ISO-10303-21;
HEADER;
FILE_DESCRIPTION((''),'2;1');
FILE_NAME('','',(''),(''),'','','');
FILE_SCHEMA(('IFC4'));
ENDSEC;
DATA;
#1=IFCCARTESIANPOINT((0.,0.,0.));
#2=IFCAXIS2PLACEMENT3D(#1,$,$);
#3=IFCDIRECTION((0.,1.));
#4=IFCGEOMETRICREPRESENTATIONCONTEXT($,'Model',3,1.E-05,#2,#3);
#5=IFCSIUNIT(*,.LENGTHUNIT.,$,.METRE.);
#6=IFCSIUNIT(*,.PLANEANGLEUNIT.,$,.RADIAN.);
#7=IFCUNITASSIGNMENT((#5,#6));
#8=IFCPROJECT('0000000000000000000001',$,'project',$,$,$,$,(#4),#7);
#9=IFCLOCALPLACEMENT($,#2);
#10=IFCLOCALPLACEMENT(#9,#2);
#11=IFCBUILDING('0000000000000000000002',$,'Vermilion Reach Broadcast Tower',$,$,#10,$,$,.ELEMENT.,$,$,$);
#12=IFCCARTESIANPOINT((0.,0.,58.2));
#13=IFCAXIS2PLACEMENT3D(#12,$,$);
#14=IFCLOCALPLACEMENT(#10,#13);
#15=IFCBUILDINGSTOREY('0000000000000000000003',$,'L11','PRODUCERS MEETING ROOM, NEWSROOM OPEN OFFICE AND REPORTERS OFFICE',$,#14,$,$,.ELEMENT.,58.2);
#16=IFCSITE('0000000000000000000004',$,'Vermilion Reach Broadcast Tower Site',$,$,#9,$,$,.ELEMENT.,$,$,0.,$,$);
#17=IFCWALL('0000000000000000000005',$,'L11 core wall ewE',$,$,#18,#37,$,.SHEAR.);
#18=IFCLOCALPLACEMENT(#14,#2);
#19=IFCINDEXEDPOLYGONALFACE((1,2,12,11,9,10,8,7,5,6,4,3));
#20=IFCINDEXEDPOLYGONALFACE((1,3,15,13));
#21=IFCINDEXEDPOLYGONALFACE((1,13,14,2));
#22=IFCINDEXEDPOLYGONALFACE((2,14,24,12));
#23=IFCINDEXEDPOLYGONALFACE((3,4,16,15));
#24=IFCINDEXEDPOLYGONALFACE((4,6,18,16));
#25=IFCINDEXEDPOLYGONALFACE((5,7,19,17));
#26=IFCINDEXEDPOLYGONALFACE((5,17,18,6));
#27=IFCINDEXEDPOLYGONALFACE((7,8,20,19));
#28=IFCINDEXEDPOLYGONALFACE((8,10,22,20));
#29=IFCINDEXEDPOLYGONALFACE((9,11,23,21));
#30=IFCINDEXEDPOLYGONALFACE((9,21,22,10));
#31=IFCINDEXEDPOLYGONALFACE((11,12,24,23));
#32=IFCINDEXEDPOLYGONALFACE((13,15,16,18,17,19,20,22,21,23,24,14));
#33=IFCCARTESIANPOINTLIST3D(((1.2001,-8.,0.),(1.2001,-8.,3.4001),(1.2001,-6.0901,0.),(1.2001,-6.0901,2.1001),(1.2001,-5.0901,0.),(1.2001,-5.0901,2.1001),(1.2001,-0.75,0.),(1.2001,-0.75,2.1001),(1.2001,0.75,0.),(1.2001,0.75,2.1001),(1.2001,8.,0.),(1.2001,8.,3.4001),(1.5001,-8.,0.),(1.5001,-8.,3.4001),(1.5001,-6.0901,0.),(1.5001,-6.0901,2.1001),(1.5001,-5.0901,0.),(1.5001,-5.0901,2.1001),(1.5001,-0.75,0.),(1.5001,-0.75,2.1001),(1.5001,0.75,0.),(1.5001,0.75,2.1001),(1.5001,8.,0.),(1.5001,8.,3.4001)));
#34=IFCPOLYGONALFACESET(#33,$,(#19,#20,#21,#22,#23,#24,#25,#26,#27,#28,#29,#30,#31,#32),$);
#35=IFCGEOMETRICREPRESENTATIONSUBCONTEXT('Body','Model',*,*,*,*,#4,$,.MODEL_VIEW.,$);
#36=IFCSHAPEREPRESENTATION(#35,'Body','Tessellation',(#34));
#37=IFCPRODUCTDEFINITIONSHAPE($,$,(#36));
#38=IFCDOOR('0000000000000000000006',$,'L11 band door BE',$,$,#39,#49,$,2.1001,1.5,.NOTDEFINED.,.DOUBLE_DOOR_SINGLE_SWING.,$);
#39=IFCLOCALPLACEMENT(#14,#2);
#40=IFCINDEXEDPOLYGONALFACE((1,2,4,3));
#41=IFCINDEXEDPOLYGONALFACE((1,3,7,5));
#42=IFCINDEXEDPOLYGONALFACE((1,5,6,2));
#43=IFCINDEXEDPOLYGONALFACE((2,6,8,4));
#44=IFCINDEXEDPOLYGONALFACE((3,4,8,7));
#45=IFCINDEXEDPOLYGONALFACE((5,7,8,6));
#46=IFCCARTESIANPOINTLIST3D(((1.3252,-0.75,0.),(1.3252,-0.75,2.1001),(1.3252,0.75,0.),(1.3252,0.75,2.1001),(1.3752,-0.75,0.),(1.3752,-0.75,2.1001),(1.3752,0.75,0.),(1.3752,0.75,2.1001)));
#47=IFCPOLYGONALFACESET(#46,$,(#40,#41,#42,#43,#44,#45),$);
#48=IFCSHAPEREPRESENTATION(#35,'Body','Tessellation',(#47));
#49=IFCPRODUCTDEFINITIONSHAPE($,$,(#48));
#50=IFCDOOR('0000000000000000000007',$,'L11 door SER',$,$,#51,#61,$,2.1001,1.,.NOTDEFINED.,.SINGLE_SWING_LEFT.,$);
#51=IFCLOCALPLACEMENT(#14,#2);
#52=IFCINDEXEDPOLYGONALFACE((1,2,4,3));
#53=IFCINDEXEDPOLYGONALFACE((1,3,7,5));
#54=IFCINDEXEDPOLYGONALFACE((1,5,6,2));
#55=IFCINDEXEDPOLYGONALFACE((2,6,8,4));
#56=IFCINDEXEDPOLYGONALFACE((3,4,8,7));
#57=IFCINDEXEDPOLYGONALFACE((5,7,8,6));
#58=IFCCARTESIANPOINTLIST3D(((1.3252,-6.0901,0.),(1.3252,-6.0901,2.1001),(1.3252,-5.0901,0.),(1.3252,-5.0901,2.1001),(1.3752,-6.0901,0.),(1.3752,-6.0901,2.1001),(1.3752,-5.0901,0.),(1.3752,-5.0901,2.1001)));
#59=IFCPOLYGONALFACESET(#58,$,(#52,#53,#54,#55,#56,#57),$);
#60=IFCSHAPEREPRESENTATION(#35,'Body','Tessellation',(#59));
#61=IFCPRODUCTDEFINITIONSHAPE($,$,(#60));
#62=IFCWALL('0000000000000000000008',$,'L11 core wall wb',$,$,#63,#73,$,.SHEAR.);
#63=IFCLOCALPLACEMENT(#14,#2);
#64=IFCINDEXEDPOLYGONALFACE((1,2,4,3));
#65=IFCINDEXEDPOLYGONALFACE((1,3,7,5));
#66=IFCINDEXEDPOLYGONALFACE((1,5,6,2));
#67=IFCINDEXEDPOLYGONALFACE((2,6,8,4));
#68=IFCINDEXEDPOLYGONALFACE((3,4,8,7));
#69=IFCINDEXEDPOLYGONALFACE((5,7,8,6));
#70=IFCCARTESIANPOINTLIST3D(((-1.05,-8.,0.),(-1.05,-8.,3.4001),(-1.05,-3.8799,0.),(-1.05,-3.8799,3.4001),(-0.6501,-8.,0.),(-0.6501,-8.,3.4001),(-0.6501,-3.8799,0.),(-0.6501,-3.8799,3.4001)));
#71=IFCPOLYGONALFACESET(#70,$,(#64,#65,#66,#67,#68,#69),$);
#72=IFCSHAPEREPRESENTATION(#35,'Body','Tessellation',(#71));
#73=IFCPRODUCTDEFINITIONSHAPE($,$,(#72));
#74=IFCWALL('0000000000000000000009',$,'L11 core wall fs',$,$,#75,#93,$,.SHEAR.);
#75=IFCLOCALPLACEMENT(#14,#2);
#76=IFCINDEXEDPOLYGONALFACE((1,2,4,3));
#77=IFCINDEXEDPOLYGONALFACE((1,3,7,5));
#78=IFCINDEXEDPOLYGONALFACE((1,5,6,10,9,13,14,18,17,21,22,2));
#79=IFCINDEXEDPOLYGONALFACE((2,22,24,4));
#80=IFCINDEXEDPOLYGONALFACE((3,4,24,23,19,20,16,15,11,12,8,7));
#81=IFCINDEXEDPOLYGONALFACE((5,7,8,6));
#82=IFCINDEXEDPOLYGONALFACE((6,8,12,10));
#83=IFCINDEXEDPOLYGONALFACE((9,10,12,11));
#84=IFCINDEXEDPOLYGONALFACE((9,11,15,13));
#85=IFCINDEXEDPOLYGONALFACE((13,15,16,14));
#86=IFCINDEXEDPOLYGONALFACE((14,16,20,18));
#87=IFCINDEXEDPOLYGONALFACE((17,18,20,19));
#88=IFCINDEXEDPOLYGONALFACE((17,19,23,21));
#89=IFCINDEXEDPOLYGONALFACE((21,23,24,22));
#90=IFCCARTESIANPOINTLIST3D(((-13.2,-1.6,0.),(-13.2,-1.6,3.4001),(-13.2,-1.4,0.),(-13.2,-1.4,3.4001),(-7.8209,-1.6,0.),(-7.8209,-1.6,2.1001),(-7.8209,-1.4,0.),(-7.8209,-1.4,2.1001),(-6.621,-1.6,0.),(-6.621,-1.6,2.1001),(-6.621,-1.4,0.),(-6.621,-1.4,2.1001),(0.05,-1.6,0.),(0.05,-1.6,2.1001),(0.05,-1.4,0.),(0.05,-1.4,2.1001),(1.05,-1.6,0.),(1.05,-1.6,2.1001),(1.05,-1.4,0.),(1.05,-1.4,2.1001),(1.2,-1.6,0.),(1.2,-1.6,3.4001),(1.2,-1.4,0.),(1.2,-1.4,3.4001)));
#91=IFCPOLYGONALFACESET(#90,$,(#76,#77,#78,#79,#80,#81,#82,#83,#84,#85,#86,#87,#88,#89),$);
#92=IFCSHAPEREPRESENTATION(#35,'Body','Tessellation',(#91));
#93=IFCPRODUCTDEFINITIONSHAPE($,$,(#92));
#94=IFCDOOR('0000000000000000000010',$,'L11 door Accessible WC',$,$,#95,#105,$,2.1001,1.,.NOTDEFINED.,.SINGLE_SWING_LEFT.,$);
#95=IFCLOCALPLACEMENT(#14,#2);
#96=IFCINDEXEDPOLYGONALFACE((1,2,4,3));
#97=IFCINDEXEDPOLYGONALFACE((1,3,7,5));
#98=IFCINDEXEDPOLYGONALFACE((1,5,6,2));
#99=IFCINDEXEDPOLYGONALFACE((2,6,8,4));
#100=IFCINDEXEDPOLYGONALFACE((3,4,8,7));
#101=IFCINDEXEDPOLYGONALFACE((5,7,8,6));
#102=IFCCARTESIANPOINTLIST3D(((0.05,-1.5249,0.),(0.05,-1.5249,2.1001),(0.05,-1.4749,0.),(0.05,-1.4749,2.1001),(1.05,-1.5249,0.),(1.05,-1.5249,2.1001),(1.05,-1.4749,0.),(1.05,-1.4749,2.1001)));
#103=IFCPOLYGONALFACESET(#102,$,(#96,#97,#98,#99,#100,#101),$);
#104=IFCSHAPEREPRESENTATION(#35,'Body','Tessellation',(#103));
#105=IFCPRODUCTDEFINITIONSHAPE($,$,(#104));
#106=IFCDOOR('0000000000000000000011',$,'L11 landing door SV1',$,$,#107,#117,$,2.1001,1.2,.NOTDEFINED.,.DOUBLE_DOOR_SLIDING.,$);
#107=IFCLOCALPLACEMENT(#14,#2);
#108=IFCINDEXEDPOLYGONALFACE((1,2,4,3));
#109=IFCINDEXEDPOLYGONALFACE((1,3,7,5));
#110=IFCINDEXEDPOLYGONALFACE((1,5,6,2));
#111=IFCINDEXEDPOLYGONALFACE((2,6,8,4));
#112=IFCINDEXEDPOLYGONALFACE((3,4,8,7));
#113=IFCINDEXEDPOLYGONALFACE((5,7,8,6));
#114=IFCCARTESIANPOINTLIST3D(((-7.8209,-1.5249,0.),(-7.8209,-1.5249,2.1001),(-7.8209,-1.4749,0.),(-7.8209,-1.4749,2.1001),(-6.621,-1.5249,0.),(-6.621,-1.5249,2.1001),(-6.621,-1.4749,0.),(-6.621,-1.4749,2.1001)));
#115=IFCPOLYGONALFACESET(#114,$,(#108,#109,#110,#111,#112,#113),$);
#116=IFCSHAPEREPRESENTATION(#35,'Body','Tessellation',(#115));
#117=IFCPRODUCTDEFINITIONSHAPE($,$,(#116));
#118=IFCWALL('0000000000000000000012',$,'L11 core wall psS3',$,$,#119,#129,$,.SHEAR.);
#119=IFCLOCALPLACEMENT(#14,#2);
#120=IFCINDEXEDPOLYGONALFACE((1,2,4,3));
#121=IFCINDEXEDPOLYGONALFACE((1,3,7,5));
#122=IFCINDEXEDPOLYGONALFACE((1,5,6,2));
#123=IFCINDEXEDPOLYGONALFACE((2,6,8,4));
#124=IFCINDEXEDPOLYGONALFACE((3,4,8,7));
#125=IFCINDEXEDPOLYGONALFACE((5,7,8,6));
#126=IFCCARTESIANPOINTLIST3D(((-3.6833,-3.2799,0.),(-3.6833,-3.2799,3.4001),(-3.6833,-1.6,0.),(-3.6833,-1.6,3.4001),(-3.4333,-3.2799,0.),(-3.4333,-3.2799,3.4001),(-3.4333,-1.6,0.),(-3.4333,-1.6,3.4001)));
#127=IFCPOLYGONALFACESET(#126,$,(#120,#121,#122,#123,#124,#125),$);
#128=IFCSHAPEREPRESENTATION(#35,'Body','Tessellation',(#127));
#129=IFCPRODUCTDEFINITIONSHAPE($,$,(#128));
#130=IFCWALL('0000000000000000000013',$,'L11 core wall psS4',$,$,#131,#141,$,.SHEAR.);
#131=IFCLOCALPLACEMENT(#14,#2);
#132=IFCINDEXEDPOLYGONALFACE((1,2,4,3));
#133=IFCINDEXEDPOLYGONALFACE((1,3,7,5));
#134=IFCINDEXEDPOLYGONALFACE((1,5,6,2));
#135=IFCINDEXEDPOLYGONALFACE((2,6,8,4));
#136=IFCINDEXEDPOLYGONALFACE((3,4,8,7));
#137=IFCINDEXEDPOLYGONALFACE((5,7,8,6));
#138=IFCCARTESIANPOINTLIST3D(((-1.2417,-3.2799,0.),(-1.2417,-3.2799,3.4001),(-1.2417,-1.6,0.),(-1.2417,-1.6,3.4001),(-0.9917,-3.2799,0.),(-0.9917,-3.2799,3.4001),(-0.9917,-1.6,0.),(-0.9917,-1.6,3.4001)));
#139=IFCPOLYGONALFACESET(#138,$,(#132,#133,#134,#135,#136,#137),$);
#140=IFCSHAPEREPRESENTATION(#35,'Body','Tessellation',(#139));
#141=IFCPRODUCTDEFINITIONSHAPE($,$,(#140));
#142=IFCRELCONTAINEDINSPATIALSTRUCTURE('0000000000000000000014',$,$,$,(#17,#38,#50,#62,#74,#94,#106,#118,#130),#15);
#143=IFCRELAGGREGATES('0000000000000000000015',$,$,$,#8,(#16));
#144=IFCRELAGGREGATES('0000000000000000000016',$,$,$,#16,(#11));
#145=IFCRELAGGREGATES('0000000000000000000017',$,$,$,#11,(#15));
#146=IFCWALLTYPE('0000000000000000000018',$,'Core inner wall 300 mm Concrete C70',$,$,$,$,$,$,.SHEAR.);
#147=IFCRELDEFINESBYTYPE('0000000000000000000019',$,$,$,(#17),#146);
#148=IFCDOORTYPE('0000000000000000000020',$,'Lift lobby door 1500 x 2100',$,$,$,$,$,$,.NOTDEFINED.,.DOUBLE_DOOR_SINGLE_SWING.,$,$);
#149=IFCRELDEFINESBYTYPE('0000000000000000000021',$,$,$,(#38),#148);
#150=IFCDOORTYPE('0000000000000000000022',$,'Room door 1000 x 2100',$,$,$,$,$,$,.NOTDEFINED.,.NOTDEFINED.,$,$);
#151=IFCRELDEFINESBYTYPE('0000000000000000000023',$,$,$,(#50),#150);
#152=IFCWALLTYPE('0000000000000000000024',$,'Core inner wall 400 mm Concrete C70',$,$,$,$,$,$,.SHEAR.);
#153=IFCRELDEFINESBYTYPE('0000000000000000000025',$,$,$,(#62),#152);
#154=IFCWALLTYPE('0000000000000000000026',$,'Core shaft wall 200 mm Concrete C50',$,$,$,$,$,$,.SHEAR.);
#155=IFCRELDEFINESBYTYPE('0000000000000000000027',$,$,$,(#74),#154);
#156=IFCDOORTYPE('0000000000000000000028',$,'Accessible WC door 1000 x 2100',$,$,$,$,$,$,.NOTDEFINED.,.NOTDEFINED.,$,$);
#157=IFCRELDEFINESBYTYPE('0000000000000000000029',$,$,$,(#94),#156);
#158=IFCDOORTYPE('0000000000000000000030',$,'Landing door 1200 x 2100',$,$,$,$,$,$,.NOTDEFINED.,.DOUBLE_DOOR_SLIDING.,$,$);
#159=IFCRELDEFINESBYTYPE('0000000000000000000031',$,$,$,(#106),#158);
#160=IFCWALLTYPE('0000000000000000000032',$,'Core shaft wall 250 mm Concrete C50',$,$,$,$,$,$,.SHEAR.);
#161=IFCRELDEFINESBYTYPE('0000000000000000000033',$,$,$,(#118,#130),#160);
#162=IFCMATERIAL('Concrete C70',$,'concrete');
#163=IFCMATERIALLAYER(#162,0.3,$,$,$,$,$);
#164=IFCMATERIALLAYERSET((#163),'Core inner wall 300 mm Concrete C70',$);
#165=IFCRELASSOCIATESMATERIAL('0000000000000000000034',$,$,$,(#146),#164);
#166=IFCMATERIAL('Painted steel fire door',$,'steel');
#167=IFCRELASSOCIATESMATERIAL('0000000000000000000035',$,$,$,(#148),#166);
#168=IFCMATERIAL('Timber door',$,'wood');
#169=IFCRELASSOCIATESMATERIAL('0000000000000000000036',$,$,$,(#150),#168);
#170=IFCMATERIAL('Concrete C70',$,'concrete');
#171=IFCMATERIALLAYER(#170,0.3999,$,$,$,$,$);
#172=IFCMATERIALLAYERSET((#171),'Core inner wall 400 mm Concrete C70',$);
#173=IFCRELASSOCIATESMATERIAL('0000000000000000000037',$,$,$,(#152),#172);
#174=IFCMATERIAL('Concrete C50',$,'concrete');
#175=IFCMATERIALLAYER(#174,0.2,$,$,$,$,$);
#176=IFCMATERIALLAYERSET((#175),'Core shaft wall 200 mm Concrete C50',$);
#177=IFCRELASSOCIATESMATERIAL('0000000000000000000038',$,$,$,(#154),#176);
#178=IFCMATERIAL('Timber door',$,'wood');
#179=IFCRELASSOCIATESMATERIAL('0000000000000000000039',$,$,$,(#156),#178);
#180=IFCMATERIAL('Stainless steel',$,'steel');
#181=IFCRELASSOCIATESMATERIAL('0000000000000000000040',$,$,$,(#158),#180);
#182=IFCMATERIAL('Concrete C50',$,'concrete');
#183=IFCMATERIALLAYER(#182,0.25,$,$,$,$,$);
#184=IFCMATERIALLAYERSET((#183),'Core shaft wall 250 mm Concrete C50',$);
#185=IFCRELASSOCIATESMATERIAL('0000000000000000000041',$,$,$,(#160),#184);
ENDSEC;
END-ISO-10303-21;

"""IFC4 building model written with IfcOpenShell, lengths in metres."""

from ifc_helpers import new_model, si_unit, direction, frame, frame_2d, origin, place, context, subcontext, project, spatial, rectangle, extrude, material, layer, layer_set, type_object, element, fill, save


model = new_model("IFC4")

# Units and contexts
model_context = context("Model", 3, precision=1e-05, world=origin(), true_north=direction((0.0, 1.0)))
body_context = subcontext(model_context, "Body", "Model", "MODEL_VIEW")
ifc_project = project(units=[si_unit("LENGTHUNIT", "METRE"), si_unit("PLANEANGLEUNIT", "RADIAN")], contexts=[model_context])

# Site, building, storey
site_placement = place(None, origin())
site = spatial("IfcSite", under=ifc_project, at=site_placement, Name="Vermilion Reach Broadcast Tower Site", CompositionType="ELEMENT", RefElevation=0.0)
building_placement = place(site_placement, origin())
building = spatial("IfcBuilding", under=site, at=building_placement, Name="Vermilion Reach Broadcast Tower", CompositionType="ELEMENT")
storey_placement = place(building_placement, frame((0.0, 0.0, 58.2)))
storey = spatial("IfcBuildingStorey", under=building, at=storey_placement, Name="L11", Description="PRODUCERS MEETING ROOM, NEWSROOM OPEN OFFICE AND REPORTERS OFFICE", CompositionType="ELEMENT", Elevation=58.2)

# Wall, openings, doors
ifc_material_1 = material(Name="Concrete C70", Category="concrete")
ifc_layer_1 = layer(ifc_material_1, 0.3)
ifc_layer_set_1 = layer_set([ifc_layer_1], Name="Core inner wall 300 mm Concrete C70")
wall_type_1 = type_object("IfcWallType", Name="Core inner wall 300 mm Concrete C70", PredefinedType="SHEAR", material=ifc_layer_set_1)
wall_1_placement = place(storey_placement, frame((1.3501, -8.0, 0.0), z_axis=(0.0, 0.0, 1.0), x_axis=(0.0, 1.0, 0.0)))
wall_1 = element("IfcWall", 1, at=wall_1_placement, inside=storey, type_object=wall_type_1, Name="L11 core wall ewE", PredefinedType="SHEAR", context=body_context, shape_type="SweptSolid", body=[
    extrude(rectangle(XDim=16.0, YDim=0.3, at=frame_2d((8.0, 0.0))), origin(), (0.0, 0.0, 1.0), 3.4001),
])
opening_1_placement = place(wall_1_placement, frame((1.9099, 0.0, 0.0)))
opening_1 = element("IfcOpeningElement", 2, at=opening_1_placement, cuts=wall_1, PredefinedType="OPENING", context=body_context, shape_type="SweptSolid", body=[
    extrude(rectangle(XDim=1.0, YDim=2.1001, at=frame_2d((0.5, 1.05))), frame((0.0, 0.1599, 0.0), z_axis=(0.0, -1.0, 0.0), x_axis=(1.0, 0.0, 0.0)), (0.0, 0.0, 1.0), 0.3201),
])
opening_2_placement = place(wall_1_placement, frame((7.25, 0.0, 0.0)))
opening_2 = element("IfcOpeningElement", 3, at=opening_2_placement, cuts=wall_1, PredefinedType="OPENING", context=body_context, shape_type="SweptSolid", body=[
    extrude(rectangle(XDim=1.5, YDim=2.1001, at=frame_2d((0.75, 1.05))), frame((0.0, 0.1599, 0.0), z_axis=(0.0, -1.0, 0.0), x_axis=(1.0, 0.0, 0.0)), (0.0, 0.0, 1.0), 0.3201),
])
ifc_material_2 = material(Name="Painted steel fire door", Category="steel")
door_type_1 = type_object("IfcDoorType", Name="Lift lobby door 1500 x 2100", OperationType="DOUBLE_DOOR_SINGLE_SWING", PredefinedType="NOTDEFINED", material=ifc_material_2)
door_1_placement = place(opening_2_placement, origin())
door_1 = element("IfcDoor", 4, at=door_1_placement, inside=storey, type_object=door_type_1, Name="L11 band door BE", OperationType="DOUBLE_DOOR_SINGLE_SWING", OverallHeight=2.1001, OverallWidth=1.5, PredefinedType="NOTDEFINED", context=body_context, shape_type="SweptSolid", body=[
    extrude(rectangle(XDim=1.5, YDim=2.1001, at=frame_2d((0.75, 1.05))), frame((0.0, 0.0249, 0.0), z_axis=(0.0, -1.0, 0.0), x_axis=(1.0, 0.0, 0.0)), (0.0, 0.0, 1.0), 0.05),
])
fill(opening_2, door_1)
ifc_material_3 = material(Name="Timber door", Category="wood")
door_type_2 = type_object("IfcDoorType", Name="Room door 1000 x 2100", OperationType="NOTDEFINED", PredefinedType="NOTDEFINED", material=ifc_material_3)
door_2_placement = place(opening_1_placement, origin())
door_2 = element("IfcDoor", 5, at=door_2_placement, inside=storey, type_object=door_type_2, Name="L11 door SER", OperationType="SINGLE_SWING_LEFT", OverallHeight=2.1001, OverallWidth=1.0, PredefinedType="NOTDEFINED", context=body_context, shape_type="SweptSolid", body=[
    extrude(rectangle(XDim=1.0, YDim=2.1001, at=frame_2d((0.5, 1.05))), frame((0.0, 0.0249, 0.0), z_axis=(0.0, -1.0, 0.0), x_axis=(1.0, 0.0, 0.0)), (0.0, 0.0, 1.0), 0.05),
])
fill(opening_1, door_2)

# Wall
ifc_material_4 = material(Name="Concrete C70", Category="concrete")
ifc_layer_2 = layer(ifc_material_4, 0.3999)
ifc_layer_set_2 = layer_set([ifc_layer_2], Name="Core inner wall 400 mm Concrete C70")
wall_type_2 = type_object("IfcWallType", Name="Core inner wall 400 mm Concrete C70", PredefinedType="SHEAR", material=ifc_layer_set_2)
wall_2_placement = place(storey_placement, frame((-0.8501, -3.8799, 0.0), z_axis=(0.0, 0.0, 1.0), x_axis=(0.0, -1.0, 0.0)))
element("IfcWall", 6, at=wall_2_placement, inside=storey, type_object=wall_type_2, Name="L11 core wall wb", PredefinedType="SHEAR", context=body_context, shape_type="SweptSolid", body=[
    extrude(rectangle(XDim=4.1201, YDim=0.3999, at=frame_2d((2.0601, 0.0))), origin(), (0.0, 0.0, 1.0), 3.4001),
])

# Wall, openings, doors
ifc_material_5 = material(Name="Concrete C50", Category="concrete")
ifc_layer_3 = layer(ifc_material_5, 0.2)
ifc_layer_set_3 = layer_set([ifc_layer_3], Name="Core shaft wall 200 mm Concrete C50")
wall_type_3 = type_object("IfcWallType", Name="Core shaft wall 200 mm Concrete C50", PredefinedType="SHEAR", material=ifc_layer_set_3)
wall_3_placement = place(storey_placement, frame((1.2, -1.5, 0.0), z_axis=(0.0, 0.0, 1.0), x_axis=(-1.0, 0.0, 0.0)))
wall_3 = element("IfcWall", 7, at=wall_3_placement, inside=storey, type_object=wall_type_3, Name="L11 core wall fs", PredefinedType="SHEAR", context=body_context, shape_type="SweptSolid", body=[
    extrude(rectangle(XDim=14.3999, YDim=0.2, at=frame_2d((7.2, 0.0))), origin(), (0.0, 0.0, 1.0), 3.4001),
])
opening_3_placement = place(wall_3_placement, frame((7.8208, 0.0, 0.0)))
opening_3 = element("IfcOpeningElement", 8, at=opening_3_placement, cuts=wall_3, PredefinedType="OPENING", context=body_context, shape_type="SweptSolid", body=[
    extrude(rectangle(XDim=1.2, YDim=2.1001, at=frame_2d((0.6001, 1.05))), frame((0.0, 0.1099, 0.0), z_axis=(0.0, -1.0, 0.0), x_axis=(1.0, 0.0, 0.0)), (0.0, 0.0, 1.0), 0.22),
])
opening_4_placement = place(wall_3_placement, frame((0.1499, 0.0, 0.0)))
opening_4 = element("IfcOpeningElement", 9, at=opening_4_placement, cuts=wall_3, PredefinedType="OPENING", context=body_context, shape_type="SweptSolid", body=[
    extrude(rectangle(XDim=1.0, YDim=2.1001, at=frame_2d((0.5, 1.05))), frame((0.0, 0.1099, 0.0), z_axis=(0.0, -1.0, 0.0), x_axis=(1.0, 0.0, 0.0)), (0.0, 0.0, 1.0), 0.22),
])
ifc_material_6 = material(Name="Timber door", Category="wood")
door_type_3 = type_object("IfcDoorType", Name="Accessible WC door 1000 x 2100", OperationType="NOTDEFINED", PredefinedType="NOTDEFINED", material=ifc_material_6)
door_3_placement = place(opening_4_placement, origin())
door_3 = element("IfcDoor", 10, at=door_3_placement, inside=storey, type_object=door_type_3, Name="L11 door Accessible WC", OperationType="SINGLE_SWING_LEFT", OverallHeight=2.1001, OverallWidth=1.0, PredefinedType="NOTDEFINED", context=body_context, shape_type="SweptSolid", body=[
    extrude(rectangle(XDim=1.0, YDim=2.1001, at=frame_2d((0.5, 1.05))), frame((0.0, 0.0249, 0.0), z_axis=(0.0, -1.0, 0.0), x_axis=(1.0, 0.0, 0.0)), (0.0, 0.0, 1.0), 0.05),
])
fill(opening_4, door_3)
ifc_material_7 = material(Name="Stainless steel", Category="steel")
door_type_4 = type_object("IfcDoorType", Name="Landing door 1200 x 2100", OperationType="DOUBLE_DOOR_SLIDING", PredefinedType="NOTDEFINED", material=ifc_material_7)
door_4_placement = place(opening_3_placement, origin())
door_4 = element("IfcDoor", 11, at=door_4_placement, inside=storey, type_object=door_type_4, Name="L11 landing door SV1", OperationType="DOUBLE_DOOR_SLIDING", OverallHeight=2.1001, OverallWidth=1.2, PredefinedType="NOTDEFINED", context=body_context, shape_type="SweptSolid", body=[
    extrude(rectangle(XDim=1.2, YDim=2.1001, at=frame_2d((0.6001, 1.05))), frame((0.0, 0.0249, 0.0), z_axis=(0.0, -1.0, 0.0), x_axis=(1.0, 0.0, 0.0)), (0.0, 0.0, 1.0), 0.05),
])
fill(opening_3, door_4)

# Walls
ifc_material_8 = material(Name="Concrete C50", Category="concrete")
ifc_layer_4 = layer(ifc_material_8, 0.25)
ifc_layer_set_4 = layer_set([ifc_layer_4], Name="Core shaft wall 250 mm Concrete C50")
wall_type_4 = type_object("IfcWallType", Name="Core shaft wall 250 mm Concrete C50", PredefinedType="SHEAR", material=ifc_layer_set_4)
for number, where, z_axis, x_axis, name in (
    (12, (-3.5583, -1.6001, 0.0), (0.0, 0.0, 1.0), (0.0, -1.0, 0.0), "L11 core wall psS3"),
    (13, (-1.1167, -1.6001, 0.0), (0.0, 0.0, 1.0), (0.0, -1.0, 0.0), "L11 core wall psS4"),
):
    element("IfcWall", number, at=place(storey_placement, frame(where, z_axis=z_axis, x_axis=x_axis)), inside=storey, type_object=wall_type_4, Name=name, PredefinedType="SHEAR", context=body_context, shape_type="SweptSolid", body=[
        extrude(rectangle(XDim=1.6799, YDim=0.25, at=frame_2d((0.8398, 0.0))), origin(), (0.0, 0.0, 1.0), 3.4001),
    ])

save(model, "model.ifc")
